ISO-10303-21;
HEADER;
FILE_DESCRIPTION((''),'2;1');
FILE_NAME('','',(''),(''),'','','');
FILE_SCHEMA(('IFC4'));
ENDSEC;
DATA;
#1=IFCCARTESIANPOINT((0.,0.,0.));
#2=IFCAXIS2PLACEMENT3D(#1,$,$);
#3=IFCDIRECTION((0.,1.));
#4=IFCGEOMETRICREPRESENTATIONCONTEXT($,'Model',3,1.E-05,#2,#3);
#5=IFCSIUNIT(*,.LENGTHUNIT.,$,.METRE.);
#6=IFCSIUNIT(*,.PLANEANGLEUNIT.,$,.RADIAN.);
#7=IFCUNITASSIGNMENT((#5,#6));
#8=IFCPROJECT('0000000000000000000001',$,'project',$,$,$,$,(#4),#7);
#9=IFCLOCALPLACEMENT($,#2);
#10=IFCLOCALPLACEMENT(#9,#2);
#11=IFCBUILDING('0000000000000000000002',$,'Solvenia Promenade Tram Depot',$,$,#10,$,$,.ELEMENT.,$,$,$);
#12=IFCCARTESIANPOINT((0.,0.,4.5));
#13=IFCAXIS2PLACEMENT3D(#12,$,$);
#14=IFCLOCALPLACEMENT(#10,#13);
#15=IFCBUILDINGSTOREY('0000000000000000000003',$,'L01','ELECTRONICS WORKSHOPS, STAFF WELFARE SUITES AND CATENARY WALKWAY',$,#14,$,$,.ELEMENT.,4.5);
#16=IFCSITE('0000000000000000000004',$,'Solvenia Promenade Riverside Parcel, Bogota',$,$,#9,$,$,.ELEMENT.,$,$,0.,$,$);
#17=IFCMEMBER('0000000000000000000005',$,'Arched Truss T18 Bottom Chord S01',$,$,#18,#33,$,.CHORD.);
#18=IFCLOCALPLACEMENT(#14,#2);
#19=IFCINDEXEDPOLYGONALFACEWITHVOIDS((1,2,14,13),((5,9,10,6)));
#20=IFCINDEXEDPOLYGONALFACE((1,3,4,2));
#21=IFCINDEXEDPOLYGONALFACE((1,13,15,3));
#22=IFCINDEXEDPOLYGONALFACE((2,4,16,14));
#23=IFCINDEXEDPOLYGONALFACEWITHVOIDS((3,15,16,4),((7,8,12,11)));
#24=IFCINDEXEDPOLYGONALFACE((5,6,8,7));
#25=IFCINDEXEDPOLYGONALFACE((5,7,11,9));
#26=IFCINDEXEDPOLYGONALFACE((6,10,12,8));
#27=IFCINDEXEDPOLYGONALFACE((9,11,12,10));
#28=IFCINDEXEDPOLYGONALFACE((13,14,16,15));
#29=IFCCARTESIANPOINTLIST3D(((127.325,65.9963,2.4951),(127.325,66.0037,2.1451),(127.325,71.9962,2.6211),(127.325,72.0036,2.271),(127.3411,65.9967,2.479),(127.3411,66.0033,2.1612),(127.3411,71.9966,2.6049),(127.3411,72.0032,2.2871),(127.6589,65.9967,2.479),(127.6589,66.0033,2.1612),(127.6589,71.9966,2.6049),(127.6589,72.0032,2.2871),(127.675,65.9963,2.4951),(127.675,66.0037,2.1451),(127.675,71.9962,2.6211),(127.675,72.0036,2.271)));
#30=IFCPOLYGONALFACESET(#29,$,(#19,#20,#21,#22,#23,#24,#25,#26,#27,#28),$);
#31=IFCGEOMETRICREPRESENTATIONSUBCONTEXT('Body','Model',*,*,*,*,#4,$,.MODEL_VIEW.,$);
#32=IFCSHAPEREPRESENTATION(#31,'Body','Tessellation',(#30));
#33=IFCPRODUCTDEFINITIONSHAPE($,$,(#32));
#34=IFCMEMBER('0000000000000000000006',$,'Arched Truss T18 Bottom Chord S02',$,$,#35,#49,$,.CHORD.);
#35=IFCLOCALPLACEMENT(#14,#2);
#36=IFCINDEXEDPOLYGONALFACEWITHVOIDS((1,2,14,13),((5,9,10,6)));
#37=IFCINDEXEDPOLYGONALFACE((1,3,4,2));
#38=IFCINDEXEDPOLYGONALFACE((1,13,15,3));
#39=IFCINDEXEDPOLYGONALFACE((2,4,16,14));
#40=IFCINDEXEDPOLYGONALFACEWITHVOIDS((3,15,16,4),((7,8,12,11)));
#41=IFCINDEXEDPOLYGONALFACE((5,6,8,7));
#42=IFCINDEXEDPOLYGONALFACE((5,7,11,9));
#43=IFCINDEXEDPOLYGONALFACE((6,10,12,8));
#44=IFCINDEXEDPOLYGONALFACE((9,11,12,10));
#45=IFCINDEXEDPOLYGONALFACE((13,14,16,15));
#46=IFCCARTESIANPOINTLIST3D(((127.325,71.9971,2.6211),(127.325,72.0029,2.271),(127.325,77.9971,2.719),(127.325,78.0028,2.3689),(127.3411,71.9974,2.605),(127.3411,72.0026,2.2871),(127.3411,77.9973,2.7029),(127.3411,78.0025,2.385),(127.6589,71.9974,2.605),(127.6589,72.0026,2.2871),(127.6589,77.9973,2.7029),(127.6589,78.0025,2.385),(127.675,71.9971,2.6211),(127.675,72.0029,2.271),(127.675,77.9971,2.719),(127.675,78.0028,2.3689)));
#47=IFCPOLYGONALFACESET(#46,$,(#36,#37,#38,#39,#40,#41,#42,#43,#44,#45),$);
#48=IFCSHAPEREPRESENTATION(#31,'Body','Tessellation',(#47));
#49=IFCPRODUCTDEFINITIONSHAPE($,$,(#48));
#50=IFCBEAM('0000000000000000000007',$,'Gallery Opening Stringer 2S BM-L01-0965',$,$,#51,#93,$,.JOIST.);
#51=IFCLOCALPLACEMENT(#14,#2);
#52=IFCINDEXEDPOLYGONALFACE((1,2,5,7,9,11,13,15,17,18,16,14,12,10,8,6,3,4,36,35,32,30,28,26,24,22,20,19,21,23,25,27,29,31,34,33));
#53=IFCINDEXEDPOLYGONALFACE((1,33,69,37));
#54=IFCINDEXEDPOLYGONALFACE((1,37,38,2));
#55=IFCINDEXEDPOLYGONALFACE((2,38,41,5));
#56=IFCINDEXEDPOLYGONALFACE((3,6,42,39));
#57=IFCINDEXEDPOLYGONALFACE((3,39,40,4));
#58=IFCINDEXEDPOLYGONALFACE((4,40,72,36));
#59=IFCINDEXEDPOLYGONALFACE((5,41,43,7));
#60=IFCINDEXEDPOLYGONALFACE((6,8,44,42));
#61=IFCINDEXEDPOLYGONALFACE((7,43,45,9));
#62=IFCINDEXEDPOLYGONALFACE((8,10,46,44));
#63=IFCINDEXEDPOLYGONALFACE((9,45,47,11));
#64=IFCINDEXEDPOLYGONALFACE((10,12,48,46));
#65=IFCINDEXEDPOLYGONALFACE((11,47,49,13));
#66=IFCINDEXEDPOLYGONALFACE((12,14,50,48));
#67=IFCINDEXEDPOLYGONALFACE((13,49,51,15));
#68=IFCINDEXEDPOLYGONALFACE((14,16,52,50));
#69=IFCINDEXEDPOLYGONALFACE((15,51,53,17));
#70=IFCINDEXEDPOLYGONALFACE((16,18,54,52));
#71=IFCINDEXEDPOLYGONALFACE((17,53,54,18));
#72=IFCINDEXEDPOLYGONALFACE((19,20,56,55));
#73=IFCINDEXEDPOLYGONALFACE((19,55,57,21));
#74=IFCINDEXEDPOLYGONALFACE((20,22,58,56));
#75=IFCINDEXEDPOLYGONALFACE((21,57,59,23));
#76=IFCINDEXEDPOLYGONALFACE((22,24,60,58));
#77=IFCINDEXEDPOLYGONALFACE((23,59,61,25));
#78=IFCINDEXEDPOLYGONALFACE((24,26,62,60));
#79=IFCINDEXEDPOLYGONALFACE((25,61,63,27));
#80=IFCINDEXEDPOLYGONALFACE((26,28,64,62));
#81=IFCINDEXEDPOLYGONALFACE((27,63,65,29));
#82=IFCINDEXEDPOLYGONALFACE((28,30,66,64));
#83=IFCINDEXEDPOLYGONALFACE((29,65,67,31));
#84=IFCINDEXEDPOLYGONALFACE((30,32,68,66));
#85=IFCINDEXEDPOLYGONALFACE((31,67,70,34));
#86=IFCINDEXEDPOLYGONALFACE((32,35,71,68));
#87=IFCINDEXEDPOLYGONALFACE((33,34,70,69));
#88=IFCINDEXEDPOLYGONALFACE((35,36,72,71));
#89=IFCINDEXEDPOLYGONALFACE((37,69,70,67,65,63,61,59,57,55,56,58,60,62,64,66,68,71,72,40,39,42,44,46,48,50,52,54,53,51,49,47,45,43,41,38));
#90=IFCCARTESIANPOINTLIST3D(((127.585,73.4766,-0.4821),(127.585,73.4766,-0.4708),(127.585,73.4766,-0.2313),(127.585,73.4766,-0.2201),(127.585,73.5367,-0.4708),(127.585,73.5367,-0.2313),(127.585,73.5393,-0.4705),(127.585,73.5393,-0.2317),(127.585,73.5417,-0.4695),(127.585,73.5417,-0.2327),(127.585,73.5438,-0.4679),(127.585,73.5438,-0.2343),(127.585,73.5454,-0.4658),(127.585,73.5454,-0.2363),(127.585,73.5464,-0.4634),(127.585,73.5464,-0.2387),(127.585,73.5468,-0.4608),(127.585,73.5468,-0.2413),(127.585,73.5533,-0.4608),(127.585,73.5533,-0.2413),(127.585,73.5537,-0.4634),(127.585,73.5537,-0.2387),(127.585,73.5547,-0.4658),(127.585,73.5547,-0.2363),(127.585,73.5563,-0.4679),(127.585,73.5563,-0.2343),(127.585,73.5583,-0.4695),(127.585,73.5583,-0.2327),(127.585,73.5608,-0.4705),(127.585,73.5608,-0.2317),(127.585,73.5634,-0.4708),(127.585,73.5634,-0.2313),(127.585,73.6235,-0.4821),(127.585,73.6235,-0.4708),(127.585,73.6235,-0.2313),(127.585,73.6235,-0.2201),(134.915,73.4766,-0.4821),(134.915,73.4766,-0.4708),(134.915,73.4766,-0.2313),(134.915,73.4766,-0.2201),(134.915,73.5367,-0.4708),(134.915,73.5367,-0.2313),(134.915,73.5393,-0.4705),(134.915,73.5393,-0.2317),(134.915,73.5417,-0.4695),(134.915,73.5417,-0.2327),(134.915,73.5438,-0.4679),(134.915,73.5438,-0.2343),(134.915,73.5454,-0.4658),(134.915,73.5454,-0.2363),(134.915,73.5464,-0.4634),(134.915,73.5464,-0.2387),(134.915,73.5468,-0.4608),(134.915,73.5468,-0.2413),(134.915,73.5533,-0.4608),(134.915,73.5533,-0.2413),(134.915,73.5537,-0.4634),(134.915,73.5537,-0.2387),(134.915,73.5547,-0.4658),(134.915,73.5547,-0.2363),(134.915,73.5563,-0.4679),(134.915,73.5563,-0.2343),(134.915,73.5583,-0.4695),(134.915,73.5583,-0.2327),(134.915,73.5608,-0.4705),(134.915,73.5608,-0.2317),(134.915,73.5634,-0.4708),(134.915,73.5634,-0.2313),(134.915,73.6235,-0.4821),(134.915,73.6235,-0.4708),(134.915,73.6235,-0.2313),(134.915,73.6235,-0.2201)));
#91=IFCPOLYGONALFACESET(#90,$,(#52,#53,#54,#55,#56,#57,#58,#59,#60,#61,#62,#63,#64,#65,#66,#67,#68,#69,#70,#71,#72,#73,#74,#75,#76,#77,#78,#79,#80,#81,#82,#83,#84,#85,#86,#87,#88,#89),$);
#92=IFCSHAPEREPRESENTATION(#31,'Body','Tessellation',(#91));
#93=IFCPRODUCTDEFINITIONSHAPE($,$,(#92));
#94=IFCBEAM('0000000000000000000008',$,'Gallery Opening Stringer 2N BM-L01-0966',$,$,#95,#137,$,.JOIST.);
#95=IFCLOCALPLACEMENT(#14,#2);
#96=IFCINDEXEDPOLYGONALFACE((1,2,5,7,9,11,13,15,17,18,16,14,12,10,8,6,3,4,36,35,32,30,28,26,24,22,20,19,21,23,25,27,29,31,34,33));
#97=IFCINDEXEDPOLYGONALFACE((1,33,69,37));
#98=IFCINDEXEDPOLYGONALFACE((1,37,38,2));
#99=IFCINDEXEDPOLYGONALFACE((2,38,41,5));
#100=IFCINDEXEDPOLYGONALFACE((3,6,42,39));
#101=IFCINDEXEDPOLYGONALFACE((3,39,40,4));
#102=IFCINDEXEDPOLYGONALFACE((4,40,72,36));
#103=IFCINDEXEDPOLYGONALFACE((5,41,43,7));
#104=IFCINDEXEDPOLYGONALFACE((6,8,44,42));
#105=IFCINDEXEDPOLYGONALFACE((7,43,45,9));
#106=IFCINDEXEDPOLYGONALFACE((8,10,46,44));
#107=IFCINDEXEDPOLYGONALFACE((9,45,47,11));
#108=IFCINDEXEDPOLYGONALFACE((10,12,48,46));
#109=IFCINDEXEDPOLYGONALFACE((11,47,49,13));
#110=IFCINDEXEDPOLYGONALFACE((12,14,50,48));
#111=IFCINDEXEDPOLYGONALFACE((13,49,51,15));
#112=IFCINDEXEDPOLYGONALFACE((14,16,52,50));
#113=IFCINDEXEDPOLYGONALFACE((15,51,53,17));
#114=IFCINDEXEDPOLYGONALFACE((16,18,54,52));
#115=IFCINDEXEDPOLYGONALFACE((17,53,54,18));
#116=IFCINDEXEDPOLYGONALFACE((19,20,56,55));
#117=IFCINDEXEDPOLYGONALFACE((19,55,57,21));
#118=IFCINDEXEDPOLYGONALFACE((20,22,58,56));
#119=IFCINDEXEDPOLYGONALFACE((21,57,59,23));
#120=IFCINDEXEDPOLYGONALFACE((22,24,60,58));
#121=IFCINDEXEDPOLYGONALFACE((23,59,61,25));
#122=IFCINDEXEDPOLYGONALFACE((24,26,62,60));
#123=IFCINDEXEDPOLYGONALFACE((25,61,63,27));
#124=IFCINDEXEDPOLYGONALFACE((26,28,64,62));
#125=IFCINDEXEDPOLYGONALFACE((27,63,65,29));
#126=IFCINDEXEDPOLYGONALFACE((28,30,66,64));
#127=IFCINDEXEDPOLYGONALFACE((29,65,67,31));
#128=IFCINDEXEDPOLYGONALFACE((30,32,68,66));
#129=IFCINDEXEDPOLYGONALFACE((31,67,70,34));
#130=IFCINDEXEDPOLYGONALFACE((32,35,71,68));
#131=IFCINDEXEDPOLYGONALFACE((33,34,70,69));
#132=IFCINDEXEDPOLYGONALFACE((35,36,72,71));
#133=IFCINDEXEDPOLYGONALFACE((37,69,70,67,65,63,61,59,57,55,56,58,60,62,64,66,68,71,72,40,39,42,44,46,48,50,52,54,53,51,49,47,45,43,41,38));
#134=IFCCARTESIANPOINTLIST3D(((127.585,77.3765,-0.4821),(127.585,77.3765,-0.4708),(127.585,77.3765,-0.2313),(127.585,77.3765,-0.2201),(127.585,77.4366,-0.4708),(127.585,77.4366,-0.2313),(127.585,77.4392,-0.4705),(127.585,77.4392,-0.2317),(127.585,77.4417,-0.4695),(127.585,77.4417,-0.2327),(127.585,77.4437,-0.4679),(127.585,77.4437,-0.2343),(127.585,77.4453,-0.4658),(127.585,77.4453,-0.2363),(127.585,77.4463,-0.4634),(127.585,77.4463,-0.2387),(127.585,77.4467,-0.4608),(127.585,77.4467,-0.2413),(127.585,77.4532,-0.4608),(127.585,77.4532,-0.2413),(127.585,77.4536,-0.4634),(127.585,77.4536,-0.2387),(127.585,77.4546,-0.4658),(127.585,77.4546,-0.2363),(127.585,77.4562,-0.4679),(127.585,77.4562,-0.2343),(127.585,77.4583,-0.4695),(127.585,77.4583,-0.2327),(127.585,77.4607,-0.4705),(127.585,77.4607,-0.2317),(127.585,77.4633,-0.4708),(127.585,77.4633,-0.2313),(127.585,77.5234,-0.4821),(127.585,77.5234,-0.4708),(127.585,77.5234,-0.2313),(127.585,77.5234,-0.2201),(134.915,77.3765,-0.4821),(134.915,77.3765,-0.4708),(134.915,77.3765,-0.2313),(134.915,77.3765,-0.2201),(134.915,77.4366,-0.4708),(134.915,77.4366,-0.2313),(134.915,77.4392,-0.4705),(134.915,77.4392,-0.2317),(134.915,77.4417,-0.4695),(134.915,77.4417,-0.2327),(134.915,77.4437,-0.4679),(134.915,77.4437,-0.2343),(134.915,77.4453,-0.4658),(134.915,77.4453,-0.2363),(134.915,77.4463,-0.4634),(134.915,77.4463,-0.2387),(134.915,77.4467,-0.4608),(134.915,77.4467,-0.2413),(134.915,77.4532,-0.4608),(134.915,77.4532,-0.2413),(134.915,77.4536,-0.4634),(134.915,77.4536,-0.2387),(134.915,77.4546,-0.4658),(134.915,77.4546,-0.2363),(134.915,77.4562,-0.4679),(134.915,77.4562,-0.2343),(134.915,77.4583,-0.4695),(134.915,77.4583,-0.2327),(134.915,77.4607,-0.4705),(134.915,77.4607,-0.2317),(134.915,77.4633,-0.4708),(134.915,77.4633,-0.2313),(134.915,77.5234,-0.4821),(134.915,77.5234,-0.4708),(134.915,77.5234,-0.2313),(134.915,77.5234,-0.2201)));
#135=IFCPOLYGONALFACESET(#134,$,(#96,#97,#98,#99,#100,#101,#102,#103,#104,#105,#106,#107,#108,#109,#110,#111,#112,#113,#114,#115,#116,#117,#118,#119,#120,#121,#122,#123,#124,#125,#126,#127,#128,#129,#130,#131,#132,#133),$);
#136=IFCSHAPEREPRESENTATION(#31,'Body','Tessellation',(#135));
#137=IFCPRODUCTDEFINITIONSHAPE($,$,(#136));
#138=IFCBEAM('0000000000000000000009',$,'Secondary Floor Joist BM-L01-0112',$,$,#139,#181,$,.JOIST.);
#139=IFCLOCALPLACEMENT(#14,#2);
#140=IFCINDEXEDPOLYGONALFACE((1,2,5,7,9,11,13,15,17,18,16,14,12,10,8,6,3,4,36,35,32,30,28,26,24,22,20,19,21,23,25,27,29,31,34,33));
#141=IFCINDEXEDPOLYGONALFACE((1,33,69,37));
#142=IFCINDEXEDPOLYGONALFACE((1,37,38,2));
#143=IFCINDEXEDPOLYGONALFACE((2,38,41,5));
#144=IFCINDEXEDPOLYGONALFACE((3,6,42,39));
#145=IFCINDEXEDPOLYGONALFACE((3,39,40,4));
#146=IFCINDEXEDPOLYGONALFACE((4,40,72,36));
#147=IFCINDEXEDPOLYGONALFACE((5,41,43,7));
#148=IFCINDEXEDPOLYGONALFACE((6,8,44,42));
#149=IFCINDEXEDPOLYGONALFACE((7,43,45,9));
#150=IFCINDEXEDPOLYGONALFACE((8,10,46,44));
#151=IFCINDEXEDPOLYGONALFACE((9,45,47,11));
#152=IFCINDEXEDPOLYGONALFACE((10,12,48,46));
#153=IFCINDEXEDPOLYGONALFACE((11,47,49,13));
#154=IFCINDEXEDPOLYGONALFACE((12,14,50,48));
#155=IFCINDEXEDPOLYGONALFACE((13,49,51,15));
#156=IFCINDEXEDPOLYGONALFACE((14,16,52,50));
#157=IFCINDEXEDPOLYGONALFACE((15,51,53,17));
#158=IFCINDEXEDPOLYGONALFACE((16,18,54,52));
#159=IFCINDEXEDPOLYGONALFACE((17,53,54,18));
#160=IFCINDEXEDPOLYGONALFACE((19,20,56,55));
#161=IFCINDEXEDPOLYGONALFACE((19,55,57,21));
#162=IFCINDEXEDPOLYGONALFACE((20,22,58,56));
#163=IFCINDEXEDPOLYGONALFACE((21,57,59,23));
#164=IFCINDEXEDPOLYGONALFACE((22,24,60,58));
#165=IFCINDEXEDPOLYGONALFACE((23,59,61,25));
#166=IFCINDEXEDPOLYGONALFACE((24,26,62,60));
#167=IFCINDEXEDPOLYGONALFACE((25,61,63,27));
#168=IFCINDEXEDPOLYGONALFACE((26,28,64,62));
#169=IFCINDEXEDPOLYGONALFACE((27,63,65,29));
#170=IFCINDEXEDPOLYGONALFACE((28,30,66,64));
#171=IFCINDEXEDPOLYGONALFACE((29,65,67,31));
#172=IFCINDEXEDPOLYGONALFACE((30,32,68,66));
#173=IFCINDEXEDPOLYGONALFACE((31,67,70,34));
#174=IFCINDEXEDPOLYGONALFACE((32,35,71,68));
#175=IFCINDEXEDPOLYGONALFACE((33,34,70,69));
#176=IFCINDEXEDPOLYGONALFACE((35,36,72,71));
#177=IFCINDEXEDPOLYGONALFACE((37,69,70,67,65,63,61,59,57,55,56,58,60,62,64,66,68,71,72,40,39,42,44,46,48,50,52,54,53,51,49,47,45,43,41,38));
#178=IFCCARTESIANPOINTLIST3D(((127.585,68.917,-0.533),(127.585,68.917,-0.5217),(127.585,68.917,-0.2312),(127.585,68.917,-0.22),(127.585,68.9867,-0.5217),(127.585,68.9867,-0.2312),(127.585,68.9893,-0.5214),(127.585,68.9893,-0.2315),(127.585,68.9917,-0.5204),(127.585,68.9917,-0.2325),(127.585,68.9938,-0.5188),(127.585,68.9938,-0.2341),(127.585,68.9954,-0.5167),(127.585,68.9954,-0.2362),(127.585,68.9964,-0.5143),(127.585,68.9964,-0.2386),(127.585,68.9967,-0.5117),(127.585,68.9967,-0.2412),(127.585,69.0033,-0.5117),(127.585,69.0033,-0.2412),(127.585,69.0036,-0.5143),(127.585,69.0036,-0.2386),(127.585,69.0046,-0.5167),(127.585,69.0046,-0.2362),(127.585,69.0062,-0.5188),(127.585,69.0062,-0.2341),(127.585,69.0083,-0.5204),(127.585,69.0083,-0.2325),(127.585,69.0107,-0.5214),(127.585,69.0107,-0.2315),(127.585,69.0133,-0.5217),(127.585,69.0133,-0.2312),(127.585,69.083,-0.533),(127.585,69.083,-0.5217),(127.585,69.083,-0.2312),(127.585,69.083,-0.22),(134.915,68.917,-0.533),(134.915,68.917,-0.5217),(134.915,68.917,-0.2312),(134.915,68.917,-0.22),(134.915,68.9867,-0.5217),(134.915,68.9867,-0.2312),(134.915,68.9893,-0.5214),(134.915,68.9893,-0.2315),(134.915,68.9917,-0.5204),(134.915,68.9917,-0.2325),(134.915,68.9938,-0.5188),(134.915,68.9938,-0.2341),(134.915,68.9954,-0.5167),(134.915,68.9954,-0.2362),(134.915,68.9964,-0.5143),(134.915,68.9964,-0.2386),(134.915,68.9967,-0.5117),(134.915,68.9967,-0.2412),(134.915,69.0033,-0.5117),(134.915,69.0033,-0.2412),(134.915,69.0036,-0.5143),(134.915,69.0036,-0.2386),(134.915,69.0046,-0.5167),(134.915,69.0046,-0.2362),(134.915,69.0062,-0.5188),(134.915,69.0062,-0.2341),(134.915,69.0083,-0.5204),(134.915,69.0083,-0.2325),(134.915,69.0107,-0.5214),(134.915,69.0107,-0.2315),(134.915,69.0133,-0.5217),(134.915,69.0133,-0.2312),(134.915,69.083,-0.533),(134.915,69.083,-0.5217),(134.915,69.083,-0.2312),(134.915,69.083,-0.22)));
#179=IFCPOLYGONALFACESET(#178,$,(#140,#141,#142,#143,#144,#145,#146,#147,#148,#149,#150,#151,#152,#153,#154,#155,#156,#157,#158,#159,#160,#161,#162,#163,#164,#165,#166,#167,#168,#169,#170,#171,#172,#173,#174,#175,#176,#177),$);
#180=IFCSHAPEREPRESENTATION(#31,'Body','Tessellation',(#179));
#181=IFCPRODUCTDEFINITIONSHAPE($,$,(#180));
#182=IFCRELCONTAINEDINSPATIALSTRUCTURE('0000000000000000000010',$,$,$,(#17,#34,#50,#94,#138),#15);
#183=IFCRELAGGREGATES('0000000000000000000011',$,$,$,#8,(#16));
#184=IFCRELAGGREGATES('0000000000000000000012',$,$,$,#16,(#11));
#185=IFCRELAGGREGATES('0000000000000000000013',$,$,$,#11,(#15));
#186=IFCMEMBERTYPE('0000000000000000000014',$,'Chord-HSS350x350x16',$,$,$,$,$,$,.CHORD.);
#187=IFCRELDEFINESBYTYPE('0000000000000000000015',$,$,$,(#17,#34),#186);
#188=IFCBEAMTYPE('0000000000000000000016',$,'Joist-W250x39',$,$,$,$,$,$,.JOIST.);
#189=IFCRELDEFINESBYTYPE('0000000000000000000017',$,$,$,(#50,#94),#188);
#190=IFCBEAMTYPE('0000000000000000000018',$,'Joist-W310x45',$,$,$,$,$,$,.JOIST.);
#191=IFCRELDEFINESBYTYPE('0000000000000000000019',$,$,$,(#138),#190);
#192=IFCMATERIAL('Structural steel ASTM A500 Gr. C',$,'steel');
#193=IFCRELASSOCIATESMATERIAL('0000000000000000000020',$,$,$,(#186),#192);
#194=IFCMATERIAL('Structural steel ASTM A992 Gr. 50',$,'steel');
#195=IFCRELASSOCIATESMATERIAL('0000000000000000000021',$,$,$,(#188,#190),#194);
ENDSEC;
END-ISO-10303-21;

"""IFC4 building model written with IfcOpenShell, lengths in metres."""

from ifc_helpers import new_model, si_unit, direction, frame, origin, origin_2d, place, context, subcontext, project, spatial, hollow_rectangle, i_section, extrude, material, material_profile, profile_set, type_object, element, save


model = new_model("IFC4")

# Units and contexts
model_context = context("Model", 3, precision=1e-05, world=origin(), true_north=direction((0.0, 1.0)))
body_context = subcontext(model_context, "Body", "Model", "MODEL_VIEW")
ifc_project = project(units=[si_unit("LENGTHUNIT", "METRE"), si_unit("PLANEANGLEUNIT", "RADIAN")], contexts=[model_context])

# Site, building, storey
site_placement = place(None, origin())
site = spatial("IfcSite", under=ifc_project, at=site_placement, Name="Solvenia Promenade Riverside Parcel, Bogota", CompositionType="ELEMENT", RefElevation=0.0)
building_placement = place(site_placement, origin())
building = spatial("IfcBuilding", under=site, at=building_placement, Name="Solvenia Promenade Tram Depot", CompositionType="ELEMENT")
storey_placement = place(building_placement, frame((0.0, 0.0, 4.5)))
storey = spatial("IfcBuildingStorey", under=building, at=storey_placement, Name="L01", Description="ELECTRONICS WORKSHOPS, STAFF WELFARE SUITES AND CATENARY WALKWAY", CompositionType="ELEMENT", Elevation=4.5)

# Shared definitions
ifc_material_1 = material(Name="Structural steel ASTM A992 Gr. 50", Category="steel")

# Shared definitions
ifc_material_2 = material(Name="Structural steel ASTM A500 Gr. C", Category="steel")

# Members
ifc_material_profile_1 = material_profile(ifc_material_2, hollow_rectangle(XDim=0.3501, YDim=0.3501, WallThickness=0.0161, at=origin_2d()), Name="HSS350x350x16", Category="steel")
ifc_profile_set_1 = profile_set([ifc_material_profile_1], Name="Structural steel ASTM A500 Gr. C")
member_type_1 = type_object("IfcMemberType", Name="Chord-HSS350x350x16", PredefinedType="CHORD", material=ifc_profile_set_1)
member_1_placement = place(storey_placement, frame((127.5, 66.0, 2.3201), z_axis=(0.0, 0.99978, 0.020991), x_axis=(-1.0, 0.0, 0.0)))
element("IfcMember", 1, at=member_1_placement, inside=storey, type_object=member_type_1, Name="Arched Truss T18 Bottom Chord S01", PredefinedType="CHORD", context=body_context, shape_type="SweptSolid", body=[
    extrude(hollow_rectangle(XDim=0.3501, YDim=0.3501, WallThickness=0.0161, at=origin_2d()), origin(), (0.0, 0.0, 1.0), 6.0012),
])
member_2_placement = place(storey_placement, frame((127.5, 72.0, 2.446), z_axis=(0.0, 0.999867, 0.016315), x_axis=(-1.0, 0.0, 0.0)))
element("IfcMember", 2, at=member_2_placement, inside=storey, type_object=member_type_1, Name="Arched Truss T18 Bottom Chord S02", PredefinedType="CHORD", context=body_context, shape_type="SweptSolid", body=[
    extrude(hollow_rectangle(XDim=0.3501, YDim=0.3501, WallThickness=0.0161, at=origin_2d()), origin(), (0.0, 0.0, 1.0), 6.0007),
])

# Beams
ifc_material_profile_2 = material_profile(ifc_material_1, i_section(OverallWidth=0.147, OverallDepth=0.262, WebThickness=0.0066, FlangeThickness=0.0112, FilletRadius=0.01, at=origin_2d()), Name="W250x39", Category="steel")
ifc_profile_set_2 = profile_set([ifc_material_profile_2], Name="Structural steel ASTM A992 Gr. 50")
beam_type_1 = type_object("IfcBeamType", Name="Joist-W250x39", PredefinedType="JOIST", material=ifc_profile_set_2)
for number, where, z_axis, x_axis, name in (
    (3, (127.585, 73.55, -0.3511), (1.0, 0.0, 0.0), (0.0, 1.0, 0.0), "Gallery Opening Stringer 2S BM-L01-0965"),
    (4, (127.585, 77.45, -0.3511), (1.0, 0.0, 0.0), (0.0, 1.0, 0.0), "Gallery Opening Stringer 2N BM-L01-0966"),
):
    element("IfcBeam", number, at=place(storey_placement, frame(where, z_axis=z_axis, x_axis=x_axis)), inside=storey, type_object=beam_type_1, Name=name, PredefinedType="JOIST", context=body_context, shape_type="SweptSolid", body=[
        extrude(i_section(OverallWidth=0.147, OverallDepth=0.262, WebThickness=0.0066, FlangeThickness=0.0112, FilletRadius=0.01, at=origin_2d()), origin(), (0.0, 0.0, 1.0), 7.3301),
    ])
ifc_material_profile_3 = material_profile(ifc_material_1, i_section(OverallWidth=0.166, OverallDepth=0.313, WebThickness=0.0066, FlangeThickness=0.0112, FilletRadius=0.01, at=origin_2d()), Name="W310x45", Category="steel")
ifc_profile_set_3 = profile_set([ifc_material_profile_3], Name="Structural steel ASTM A992 Gr. 50")
beam_type_2 = type_object("IfcBeamType", Name="Joist-W310x45", PredefinedType="JOIST", material=ifc_profile_set_3)
for number, where, z_axis, x_axis, name in (
    (5, (127.585, 69.0, -0.3765), (1.0, 0.0, 0.0), (0.0, 1.0, 0.0), "Secondary Floor Joist BM-L01-0112"),
):
    element("IfcBeam", number, at=place(storey_placement, frame(where, z_axis=z_axis, x_axis=x_axis)), inside=storey, type_object=beam_type_2, Name=name, PredefinedType="JOIST", context=body_context, shape_type="SweptSolid", body=[
        extrude(i_section(OverallWidth=0.166, OverallDepth=0.313, WebThickness=0.0066, FlangeThickness=0.0112, FilletRadius=0.01, at=origin_2d()), origin(), (0.0, 0.0, 1.0), 7.3301),
    ])

save(model, "model.ifc")
